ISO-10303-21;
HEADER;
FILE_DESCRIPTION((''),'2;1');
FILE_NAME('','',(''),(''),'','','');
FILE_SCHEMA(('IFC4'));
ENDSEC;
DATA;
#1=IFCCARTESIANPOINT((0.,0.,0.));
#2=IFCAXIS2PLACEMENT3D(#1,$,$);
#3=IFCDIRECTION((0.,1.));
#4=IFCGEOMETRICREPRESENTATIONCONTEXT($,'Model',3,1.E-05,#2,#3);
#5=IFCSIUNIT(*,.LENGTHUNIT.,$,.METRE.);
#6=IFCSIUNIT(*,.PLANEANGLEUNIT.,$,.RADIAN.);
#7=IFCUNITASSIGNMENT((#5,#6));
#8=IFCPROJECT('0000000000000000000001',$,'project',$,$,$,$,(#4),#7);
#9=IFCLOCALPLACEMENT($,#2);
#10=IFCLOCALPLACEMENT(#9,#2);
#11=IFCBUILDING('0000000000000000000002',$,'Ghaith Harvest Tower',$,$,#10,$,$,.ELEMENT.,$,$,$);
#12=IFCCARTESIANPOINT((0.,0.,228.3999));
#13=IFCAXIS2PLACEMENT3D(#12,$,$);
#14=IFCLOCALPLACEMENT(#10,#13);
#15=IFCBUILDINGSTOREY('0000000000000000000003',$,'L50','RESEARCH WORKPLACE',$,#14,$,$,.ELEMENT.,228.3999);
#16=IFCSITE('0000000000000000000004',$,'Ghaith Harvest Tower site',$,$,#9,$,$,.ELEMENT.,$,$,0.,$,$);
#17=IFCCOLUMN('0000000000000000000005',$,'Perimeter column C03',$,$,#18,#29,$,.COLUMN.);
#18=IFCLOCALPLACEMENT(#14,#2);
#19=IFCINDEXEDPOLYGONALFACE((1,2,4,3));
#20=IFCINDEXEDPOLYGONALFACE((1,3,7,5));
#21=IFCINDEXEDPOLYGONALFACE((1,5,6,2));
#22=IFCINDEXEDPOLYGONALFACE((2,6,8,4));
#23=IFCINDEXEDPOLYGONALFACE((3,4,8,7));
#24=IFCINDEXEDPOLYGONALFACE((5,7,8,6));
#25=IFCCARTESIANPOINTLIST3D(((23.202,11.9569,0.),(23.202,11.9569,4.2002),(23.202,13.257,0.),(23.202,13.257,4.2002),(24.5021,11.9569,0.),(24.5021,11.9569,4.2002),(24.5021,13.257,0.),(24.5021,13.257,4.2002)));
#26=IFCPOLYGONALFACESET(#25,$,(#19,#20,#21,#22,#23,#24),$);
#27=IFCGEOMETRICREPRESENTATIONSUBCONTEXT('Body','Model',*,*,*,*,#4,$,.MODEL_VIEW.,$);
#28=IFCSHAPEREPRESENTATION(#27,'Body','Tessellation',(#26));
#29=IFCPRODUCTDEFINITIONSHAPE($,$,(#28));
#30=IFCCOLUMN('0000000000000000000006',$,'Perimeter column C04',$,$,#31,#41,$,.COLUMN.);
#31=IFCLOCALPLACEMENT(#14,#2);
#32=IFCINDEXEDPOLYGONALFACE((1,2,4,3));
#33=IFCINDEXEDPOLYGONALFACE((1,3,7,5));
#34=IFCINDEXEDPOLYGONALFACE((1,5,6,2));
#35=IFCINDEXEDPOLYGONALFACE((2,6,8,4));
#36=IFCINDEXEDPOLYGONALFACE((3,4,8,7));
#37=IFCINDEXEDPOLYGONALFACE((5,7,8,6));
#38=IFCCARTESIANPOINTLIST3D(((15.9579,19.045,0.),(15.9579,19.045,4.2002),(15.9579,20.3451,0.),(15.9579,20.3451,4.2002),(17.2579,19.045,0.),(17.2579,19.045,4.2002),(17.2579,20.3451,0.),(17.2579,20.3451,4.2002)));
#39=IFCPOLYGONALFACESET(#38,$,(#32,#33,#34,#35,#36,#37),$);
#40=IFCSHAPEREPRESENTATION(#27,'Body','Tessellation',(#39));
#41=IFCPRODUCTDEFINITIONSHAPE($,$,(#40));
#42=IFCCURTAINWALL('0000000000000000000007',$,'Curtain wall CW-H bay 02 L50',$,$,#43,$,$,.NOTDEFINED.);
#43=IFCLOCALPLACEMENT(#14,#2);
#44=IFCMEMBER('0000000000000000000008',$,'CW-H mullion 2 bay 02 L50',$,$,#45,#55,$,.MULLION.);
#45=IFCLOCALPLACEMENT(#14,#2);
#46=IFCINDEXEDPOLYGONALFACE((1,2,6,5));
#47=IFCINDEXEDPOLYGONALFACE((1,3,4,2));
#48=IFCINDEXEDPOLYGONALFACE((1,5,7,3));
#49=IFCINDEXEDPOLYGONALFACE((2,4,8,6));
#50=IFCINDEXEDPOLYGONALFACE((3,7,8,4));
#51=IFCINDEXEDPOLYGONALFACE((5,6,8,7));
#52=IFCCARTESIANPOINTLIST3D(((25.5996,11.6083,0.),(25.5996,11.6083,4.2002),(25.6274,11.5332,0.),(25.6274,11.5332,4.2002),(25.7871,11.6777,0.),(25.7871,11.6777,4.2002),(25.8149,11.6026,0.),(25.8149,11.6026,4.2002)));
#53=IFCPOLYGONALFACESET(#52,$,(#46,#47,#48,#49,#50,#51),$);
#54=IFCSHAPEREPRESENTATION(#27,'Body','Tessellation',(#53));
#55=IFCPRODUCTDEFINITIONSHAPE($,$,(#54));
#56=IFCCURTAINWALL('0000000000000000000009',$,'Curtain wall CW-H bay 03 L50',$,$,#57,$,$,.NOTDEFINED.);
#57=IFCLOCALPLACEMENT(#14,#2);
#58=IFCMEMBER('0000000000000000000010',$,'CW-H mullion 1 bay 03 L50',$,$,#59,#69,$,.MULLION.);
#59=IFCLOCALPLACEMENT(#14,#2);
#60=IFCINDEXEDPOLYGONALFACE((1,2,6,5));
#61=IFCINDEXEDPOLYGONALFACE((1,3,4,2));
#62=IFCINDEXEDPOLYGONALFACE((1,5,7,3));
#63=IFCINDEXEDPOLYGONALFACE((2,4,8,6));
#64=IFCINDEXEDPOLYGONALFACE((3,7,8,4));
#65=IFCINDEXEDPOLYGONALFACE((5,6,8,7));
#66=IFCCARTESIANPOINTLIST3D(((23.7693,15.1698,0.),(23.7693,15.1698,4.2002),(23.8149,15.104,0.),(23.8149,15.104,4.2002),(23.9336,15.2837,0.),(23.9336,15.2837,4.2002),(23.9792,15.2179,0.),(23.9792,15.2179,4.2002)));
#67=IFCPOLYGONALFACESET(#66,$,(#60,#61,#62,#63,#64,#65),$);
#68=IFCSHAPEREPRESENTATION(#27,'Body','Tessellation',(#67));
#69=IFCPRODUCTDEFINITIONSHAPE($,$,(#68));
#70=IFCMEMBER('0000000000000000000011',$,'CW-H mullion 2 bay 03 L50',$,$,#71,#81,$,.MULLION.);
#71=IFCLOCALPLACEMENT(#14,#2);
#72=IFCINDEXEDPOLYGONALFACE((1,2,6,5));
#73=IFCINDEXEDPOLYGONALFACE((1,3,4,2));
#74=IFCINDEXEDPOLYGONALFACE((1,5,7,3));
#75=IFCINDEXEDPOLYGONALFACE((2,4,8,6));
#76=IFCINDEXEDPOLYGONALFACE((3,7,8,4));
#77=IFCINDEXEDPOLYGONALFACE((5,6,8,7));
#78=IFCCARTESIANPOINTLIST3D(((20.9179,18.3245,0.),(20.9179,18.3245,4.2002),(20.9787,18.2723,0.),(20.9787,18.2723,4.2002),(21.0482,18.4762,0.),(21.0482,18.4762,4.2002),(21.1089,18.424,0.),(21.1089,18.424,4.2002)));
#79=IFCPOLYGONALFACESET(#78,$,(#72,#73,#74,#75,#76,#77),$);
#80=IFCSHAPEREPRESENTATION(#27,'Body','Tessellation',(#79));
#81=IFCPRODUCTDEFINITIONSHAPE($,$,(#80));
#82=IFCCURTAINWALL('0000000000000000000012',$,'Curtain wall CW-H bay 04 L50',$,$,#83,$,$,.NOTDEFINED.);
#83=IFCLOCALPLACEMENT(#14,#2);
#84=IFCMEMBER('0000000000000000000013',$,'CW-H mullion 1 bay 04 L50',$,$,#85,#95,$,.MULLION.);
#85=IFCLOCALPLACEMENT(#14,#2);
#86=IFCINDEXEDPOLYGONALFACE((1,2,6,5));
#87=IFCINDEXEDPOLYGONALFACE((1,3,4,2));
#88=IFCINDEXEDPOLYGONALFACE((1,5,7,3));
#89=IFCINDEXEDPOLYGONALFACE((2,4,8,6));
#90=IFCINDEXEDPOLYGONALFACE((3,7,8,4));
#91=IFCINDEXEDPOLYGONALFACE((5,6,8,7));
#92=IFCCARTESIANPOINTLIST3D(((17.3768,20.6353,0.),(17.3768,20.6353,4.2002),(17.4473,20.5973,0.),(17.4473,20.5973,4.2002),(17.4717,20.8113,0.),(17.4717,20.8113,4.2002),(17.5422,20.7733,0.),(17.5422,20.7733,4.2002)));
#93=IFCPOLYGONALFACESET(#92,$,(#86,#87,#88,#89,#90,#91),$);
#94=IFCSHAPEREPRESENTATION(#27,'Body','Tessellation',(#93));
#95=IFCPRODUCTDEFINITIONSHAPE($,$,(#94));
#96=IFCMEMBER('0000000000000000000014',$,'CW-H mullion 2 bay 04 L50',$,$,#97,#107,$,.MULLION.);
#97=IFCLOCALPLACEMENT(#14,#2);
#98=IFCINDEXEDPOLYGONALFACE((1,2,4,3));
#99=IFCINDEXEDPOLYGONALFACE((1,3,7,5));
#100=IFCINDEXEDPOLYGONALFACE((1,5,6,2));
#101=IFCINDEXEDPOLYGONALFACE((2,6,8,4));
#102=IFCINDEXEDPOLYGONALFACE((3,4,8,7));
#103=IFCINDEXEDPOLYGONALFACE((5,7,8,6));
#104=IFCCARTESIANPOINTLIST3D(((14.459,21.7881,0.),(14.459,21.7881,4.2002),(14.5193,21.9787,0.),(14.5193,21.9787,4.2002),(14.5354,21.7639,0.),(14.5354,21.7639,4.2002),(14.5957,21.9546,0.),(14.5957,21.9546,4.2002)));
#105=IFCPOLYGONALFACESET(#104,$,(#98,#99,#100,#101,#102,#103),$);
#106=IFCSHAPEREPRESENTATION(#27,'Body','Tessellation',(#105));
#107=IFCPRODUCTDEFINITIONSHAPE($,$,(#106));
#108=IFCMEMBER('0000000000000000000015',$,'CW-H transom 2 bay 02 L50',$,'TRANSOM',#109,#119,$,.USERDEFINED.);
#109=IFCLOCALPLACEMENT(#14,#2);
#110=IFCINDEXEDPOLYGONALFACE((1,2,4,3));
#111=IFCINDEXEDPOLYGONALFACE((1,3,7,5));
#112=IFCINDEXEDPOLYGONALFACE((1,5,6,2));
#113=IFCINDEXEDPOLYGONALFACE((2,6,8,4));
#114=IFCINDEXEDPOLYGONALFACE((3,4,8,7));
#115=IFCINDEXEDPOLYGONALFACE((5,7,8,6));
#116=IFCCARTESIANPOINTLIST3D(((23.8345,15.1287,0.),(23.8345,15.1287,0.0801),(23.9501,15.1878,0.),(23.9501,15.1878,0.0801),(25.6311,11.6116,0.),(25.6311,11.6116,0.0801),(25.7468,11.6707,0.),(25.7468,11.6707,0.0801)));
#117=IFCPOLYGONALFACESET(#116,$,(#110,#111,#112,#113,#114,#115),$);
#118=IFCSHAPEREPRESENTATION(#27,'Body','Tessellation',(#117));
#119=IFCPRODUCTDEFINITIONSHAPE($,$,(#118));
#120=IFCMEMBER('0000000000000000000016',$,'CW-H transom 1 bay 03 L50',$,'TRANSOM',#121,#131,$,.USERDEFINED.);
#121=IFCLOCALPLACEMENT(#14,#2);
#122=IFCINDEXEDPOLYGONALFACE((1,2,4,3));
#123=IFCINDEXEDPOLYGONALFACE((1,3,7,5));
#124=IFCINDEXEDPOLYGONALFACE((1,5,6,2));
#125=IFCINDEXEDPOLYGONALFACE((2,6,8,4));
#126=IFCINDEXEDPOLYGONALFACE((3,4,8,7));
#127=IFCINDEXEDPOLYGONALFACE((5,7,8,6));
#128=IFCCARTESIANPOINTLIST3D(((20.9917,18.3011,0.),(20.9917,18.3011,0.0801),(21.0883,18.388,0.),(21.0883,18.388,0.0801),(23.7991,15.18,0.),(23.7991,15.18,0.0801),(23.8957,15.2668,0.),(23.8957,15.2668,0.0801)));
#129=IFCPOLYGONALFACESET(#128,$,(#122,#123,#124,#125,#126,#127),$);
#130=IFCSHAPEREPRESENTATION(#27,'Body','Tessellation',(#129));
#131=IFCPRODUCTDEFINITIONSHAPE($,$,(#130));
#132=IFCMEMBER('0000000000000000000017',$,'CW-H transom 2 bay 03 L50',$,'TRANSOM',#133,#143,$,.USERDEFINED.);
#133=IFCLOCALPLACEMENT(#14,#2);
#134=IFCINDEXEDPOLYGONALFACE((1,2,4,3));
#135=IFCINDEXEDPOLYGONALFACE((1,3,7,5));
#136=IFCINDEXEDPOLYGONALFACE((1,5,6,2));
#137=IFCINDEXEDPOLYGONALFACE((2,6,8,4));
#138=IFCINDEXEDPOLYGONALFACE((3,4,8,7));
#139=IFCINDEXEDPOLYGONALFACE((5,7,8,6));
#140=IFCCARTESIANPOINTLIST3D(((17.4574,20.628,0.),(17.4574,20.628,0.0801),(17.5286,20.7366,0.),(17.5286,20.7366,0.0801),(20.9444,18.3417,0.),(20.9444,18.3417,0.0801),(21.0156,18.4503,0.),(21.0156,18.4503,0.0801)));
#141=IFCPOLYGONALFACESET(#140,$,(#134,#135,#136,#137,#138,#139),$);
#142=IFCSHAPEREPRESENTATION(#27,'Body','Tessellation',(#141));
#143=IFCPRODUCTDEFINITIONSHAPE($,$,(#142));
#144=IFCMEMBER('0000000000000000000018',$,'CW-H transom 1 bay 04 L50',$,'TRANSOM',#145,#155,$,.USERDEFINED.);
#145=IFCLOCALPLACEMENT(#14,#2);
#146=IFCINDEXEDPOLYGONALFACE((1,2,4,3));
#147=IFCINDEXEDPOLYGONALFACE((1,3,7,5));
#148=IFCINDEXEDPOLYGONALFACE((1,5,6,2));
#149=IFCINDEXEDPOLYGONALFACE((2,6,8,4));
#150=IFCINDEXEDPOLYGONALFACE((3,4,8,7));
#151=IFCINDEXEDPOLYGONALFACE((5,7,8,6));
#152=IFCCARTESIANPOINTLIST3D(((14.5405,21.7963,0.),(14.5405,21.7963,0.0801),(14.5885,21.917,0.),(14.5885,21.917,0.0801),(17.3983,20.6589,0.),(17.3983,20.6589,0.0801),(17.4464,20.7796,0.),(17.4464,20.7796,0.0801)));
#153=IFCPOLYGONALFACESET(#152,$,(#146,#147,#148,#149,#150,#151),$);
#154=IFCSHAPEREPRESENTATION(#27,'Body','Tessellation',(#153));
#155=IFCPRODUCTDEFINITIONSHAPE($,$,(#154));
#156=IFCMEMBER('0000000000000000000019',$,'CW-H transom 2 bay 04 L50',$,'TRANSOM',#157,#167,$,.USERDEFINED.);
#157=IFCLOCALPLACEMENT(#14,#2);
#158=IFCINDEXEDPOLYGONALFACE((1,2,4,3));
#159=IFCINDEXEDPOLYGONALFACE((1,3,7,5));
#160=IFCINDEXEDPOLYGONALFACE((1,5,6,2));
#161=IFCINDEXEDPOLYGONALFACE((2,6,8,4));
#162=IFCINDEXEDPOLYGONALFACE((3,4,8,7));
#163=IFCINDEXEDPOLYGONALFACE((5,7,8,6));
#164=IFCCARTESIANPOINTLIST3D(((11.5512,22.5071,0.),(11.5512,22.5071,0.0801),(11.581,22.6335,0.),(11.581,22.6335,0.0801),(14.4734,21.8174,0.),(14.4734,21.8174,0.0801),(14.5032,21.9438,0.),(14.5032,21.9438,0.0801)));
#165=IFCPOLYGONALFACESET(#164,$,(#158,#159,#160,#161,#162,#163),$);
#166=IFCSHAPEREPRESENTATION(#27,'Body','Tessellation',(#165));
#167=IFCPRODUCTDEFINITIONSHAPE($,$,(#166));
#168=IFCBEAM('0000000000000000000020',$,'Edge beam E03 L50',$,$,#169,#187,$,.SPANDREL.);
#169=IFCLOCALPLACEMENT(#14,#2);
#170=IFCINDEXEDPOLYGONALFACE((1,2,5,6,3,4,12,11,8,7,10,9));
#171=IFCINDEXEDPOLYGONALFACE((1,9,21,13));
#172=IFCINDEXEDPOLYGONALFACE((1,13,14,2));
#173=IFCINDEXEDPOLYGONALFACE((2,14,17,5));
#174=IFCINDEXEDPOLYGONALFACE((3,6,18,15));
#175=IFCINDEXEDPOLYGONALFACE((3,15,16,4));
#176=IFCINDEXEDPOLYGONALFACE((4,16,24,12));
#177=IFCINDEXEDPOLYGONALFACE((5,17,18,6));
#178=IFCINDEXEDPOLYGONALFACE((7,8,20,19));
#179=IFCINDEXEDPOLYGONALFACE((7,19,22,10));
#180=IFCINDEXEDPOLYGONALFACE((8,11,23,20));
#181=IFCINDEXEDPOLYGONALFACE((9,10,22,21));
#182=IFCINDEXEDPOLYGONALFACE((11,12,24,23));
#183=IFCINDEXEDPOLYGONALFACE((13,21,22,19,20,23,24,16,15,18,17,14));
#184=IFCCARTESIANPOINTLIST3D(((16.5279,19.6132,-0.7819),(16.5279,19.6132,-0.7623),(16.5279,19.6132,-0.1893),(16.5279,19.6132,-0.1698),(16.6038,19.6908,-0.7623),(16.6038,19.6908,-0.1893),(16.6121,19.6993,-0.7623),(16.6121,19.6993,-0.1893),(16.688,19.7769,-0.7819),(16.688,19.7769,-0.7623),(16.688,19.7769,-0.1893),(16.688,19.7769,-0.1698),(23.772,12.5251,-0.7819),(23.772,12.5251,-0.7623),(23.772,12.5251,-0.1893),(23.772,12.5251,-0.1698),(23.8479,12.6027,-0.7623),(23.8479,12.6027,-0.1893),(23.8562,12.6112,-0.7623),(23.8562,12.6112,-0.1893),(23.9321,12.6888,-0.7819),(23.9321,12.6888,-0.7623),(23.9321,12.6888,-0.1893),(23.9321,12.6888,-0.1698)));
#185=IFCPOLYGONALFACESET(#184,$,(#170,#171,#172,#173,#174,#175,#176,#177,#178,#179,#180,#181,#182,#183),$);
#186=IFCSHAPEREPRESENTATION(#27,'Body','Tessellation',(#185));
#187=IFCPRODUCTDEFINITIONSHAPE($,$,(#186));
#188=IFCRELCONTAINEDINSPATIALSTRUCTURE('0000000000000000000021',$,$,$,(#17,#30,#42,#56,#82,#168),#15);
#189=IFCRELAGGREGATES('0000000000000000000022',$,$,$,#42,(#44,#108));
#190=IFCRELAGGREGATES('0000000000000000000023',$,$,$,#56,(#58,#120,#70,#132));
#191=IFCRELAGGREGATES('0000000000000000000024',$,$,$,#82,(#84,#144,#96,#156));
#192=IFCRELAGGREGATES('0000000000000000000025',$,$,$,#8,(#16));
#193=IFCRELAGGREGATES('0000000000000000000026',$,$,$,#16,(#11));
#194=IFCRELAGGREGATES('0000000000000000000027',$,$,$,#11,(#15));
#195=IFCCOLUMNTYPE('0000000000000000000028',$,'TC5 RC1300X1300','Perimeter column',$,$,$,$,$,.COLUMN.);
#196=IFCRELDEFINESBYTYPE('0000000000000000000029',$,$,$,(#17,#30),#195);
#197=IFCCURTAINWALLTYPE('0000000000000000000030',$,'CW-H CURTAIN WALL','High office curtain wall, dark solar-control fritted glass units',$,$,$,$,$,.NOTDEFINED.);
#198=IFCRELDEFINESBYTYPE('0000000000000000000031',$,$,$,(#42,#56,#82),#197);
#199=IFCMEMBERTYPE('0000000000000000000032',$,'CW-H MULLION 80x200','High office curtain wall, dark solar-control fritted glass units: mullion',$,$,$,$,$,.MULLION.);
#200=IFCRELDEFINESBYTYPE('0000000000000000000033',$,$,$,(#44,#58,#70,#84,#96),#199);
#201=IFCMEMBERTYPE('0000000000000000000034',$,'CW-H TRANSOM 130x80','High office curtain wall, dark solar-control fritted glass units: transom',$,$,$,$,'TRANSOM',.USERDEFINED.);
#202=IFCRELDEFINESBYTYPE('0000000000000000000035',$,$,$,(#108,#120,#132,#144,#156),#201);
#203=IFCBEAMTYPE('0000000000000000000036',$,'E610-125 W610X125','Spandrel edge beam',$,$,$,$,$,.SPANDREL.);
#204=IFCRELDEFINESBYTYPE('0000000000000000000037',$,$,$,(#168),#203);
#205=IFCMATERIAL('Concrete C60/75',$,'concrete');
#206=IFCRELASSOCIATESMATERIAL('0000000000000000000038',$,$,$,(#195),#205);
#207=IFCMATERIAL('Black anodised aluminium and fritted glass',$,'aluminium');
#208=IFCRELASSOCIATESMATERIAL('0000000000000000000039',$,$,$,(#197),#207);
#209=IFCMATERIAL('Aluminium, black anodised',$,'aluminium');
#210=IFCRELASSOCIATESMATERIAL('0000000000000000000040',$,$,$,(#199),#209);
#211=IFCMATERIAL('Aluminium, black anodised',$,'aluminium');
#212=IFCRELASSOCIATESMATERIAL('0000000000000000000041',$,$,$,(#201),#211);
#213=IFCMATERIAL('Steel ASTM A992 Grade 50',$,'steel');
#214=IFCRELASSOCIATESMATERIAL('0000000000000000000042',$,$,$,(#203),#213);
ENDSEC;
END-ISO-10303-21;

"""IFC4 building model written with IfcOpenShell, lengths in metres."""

from ifc_helpers import new_model, si_unit, direction, frame, origin, origin_2d, place, context, subcontext, project, spatial, rectangle, i_section, extrude, material, material_profile, profile_set, type_object, element, aggregate, save


model = new_model("IFC4")

# Units and contexts
model_context = context("Model", 3, precision=1e-05, world=origin(), true_north=direction((0.0, 1.0)))
body_context = subcontext(model_context, "Body", "Model", "MODEL_VIEW")
ifc_project = project(units=[si_unit("LENGTHUNIT", "METRE"), si_unit("PLANEANGLEUNIT", "RADIAN")], contexts=[model_context])

# Site, building, storey
site_placement = place(None, origin())
site = spatial("IfcSite", under=ifc_project, at=site_placement, Name="Ghaith Harvest Tower site", CompositionType="ELEMENT", RefElevation=0.0)
building_placement = place(site_placement, origin())
building = spatial("IfcBuilding", under=site, at=building_placement, Name="Ghaith Harvest Tower", CompositionType="ELEMENT")
storey_placement = place(building_placement, frame((0.0, 0.0, 228.3999)))
storey = spatial("IfcBuildingStorey", under=building, at=storey_placement, Name="L50", Description="RESEARCH WORKPLACE", CompositionType="ELEMENT", Elevation=228.3999)

# Columns
ifc_material_1 = material(Name="Concrete C60/75", Category="concrete")
ifc_material_profile_1 = material_profile(ifc_material_1, rectangle(XDim=1.3, YDim=1.3, at=origin_2d()), Name="RC1300X1300")
ifc_profile_set_1 = profile_set([ifc_material_profile_1], Name="Concrete C60/75")
column_type = type_object("IfcColumnType", Name="TC5 RC1300X1300", Description="Perimeter column", PredefinedType="COLUMN", material=ifc_profile_set_1)
for number, where, z_axis, x_axis, name in (
    (1, (23.8521, 12.6069, 0.0), (0.0, 0.0, 1.0), (1.0, 0.0, 0.0), "Perimeter column C03"),
    (2, (16.6079, 19.6951, 0.0), (0.0, 0.0, 1.0), (1.0, 0.0, 0.0), "Perimeter column C04"),
):
    element("IfcColumn", number, at=place(storey_placement, frame(where, z_axis=z_axis, x_axis=x_axis)), inside=storey, type_object=column_type, Name=name, PredefinedType="COLUMN", context=body_context, shape_type="SweptSolid", body=[
        extrude(rectangle(XDim=1.3, YDim=1.3, at=origin_2d()), origin(), (0.0, 0.0, 1.0), 4.2002),
    ])

# Curtain wall, member
ifc_material_2 = material(Name="Black anodised aluminium and fritted glass", Category="aluminium")
curtain_wall_type = type_object("IfcCurtainWallType", Name="CW-H CURTAIN WALL", Description="High office curtain wall, dark solar-control fritted glass units", PredefinedType="NOTDEFINED", material=ifc_material_2)
curtain_wall_1_placement = place(storey_placement, origin())
curtain_wall_1 = element("IfcCurtainWall", 3, at=curtain_wall_1_placement, inside=storey, type_object=curtain_wall_type, Name="Curtain wall CW-H bay 02 L50", PredefinedType="NOTDEFINED")
ifc_material_3 = material(Name="Aluminium, black anodised", Category="aluminium")
ifc_material_profile_2 = material_profile(ifc_material_3, rectangle(XDim=0.0801, YDim=0.2, at=origin_2d()), Name="CW-H MULLION 80x200")
ifc_profile_set_2 = profile_set([ifc_material_profile_2], Name="Aluminium, black anodised")
member_type_1 = type_object("IfcMemberType", Name="CW-H MULLION 80x200", Description="High office curtain wall, dark solar-control fritted glass units: mullion", PredefinedType="MULLION", material=ifc_profile_set_2)
member_1_placement = place(storey_placement, frame((25.7073, 11.6055, 0.0), z_axis=(0.0, 0.0, 1.0), x_axis=(-0.347012, 0.937861, 0.0)))
member_1 = element("IfcMember", 4, at=member_1_placement, type_object=member_type_1, Name="CW-H mullion 2 bay 02 L50", PredefinedType="MULLION", context=body_context, shape_type="SweptSolid", body=[
    extrude(rectangle(XDim=0.0801, YDim=0.2, at=origin_2d()), origin(), (0.0, 0.0, 1.0), 4.2002),
])

# Curtain walls, members
curtain_wall_2_placement = place(storey_placement, origin())
curtain_wall_2 = element("IfcCurtainWall", 5, at=curtain_wall_2_placement, inside=storey, type_object=curtain_wall_type, Name="Curtain wall CW-H bay 03 L50", PredefinedType="NOTDEFINED")
member_2_placement = place(storey_placement, frame((23.8743, 15.1938, 0.0), z_axis=(0.0, 0.0, 1.0), x_axis=(-0.569847, 0.821751, 0.0)))
member_2 = element("IfcMember", 6, at=member_2_placement, type_object=member_type_1, Name="CW-H mullion 1 bay 03 L50", PredefinedType="MULLION", context=body_context, shape_type="SweptSolid", body=[
    extrude(rectangle(XDim=0.0801, YDim=0.2, at=origin_2d()), origin(), (0.0, 0.0, 1.0), 4.2002),
])
member_3_placement = place(storey_placement, frame((21.0134, 18.3743, 0.0), z_axis=(0.0, 0.0, 1.0), x_axis=(-0.758541, 0.651625, 0.0)))
member_3 = element("IfcMember", 7, at=member_3_placement, type_object=member_type_1, Name="CW-H mullion 2 bay 03 L50", PredefinedType="MULLION", context=body_context, shape_type="SweptSolid", body=[
    extrude(rectangle(XDim=0.0801, YDim=0.2, at=origin_2d()), origin(), (0.0, 0.0, 1.0), 4.2002),
])
curtain_wall_3_placement = place(storey_placement, origin())
curtain_wall_3 = element("IfcCurtainWall", 8, at=curtain_wall_3_placement, inside=storey, type_object=curtain_wall_type, Name="Curtain wall CW-H bay 04 L50", PredefinedType="NOTDEFINED")
member_4_placement = place(storey_placement, frame((17.4595, 20.7043, 0.0), z_axis=(0.0, 0.0, 1.0), x_axis=(-0.880203, 0.474597, 0.0)))
member_4 = element("IfcMember", 9, at=member_4_placement, type_object=member_type_1, Name="CW-H mullion 1 bay 04 L50", PredefinedType="MULLION", context=body_context, shape_type="SweptSolid", body=[
    extrude(rectangle(XDim=0.0801, YDim=0.2, at=origin_2d()), origin(), (0.0, 0.0, 1.0), 4.2002),
])
member_5_placement = place(storey_placement, frame((14.5273, 21.8713, 0.0), z_axis=(0.0, 0.0, 1.0), x_axis=(-0.953503, 0.301384, 0.0)))
member_5 = element("IfcMember", 10, at=member_5_placement, type_object=member_type_1, Name="CW-H mullion 2 bay 04 L50", PredefinedType="MULLION", context=body_context, shape_type="SweptSolid", body=[
    extrude(rectangle(XDim=0.0801, YDim=0.2, at=origin_2d()), origin(), (0.0, 0.0, 1.0), 4.2002),
])

# Members
ifc_material_4 = material(Name="Aluminium, black anodised", Category="aluminium")
ifc_material_profile_3 = material_profile(ifc_material_4, rectangle(XDim=0.1299, YDim=0.0801, at=origin_2d()), Name="CW-H TRANSOM 130x80")
ifc_profile_set_3 = profile_set([ifc_material_profile_3], Name="Aluminium, black anodised")
member_type_2 = type_object("IfcMemberType", Name="CW-H TRANSOM 130x80", Description="High office curtain wall, dark solar-control fritted glass units: transom", ElementType="TRANSOM", PredefinedType="USERDEFINED", material=ifc_profile_set_3)
member_6_placement = place(storey_placement, frame((25.689, 11.6411, 0.04), z_axis=(-0.454912, 0.890537, 0.0), x_axis=(-0.890537, -0.454912, 0.0)))
member_6 = element("IfcMember", 11, at=member_6_placement, type_object=member_type_2, Name="CW-H transom 2 bay 02 L50", ObjectType="TRANSOM", PredefinedType="USERDEFINED", context=body_context, shape_type="SweptSolid", body=[
    extrude(rectangle(XDim=0.1299, YDim=0.0801, at=origin_2d()), origin(), (0.0, 0.0, 1.0), 3.9495),
])
member_7_placement = place(storey_placement, frame((23.8474, 15.2234, 0.04), z_axis=(-0.668753, 0.743485, 0.0), x_axis=(-0.743485, -0.668753, 0.0)))
member_7 = element("IfcMember", 12, at=member_7_placement, type_object=member_type_2, Name="CW-H transom 1 bay 03 L50", ObjectType="TRANSOM", PredefinedType="USERDEFINED", context=body_context, shape_type="SweptSolid", body=[
    extrude(rectangle(XDim=0.1299, YDim=0.0801, at=origin_2d()), origin(), (0.0, 0.0, 1.0), 4.198),
])
member_8_placement = place(storey_placement, frame((20.98, 18.396, 0.04), z_axis=(-0.836269, 0.54832, 0.0), x_axis=(-0.54832, -0.836269, 0.0)))
member_8 = element("IfcMember", 13, at=member_8_placement, type_object=member_type_2, Name="CW-H transom 2 bay 03 L50", ObjectType="TRANSOM", PredefinedType="USERDEFINED", context=body_context, shape_type="SweptSolid", body=[
    extrude(rectangle(XDim=0.1299, YDim=0.0801, at=origin_2d()), origin(), (0.0, 0.0, 1.0), 4.1697),
])
member_9_placement = place(storey_placement, frame((17.4224, 20.7192, 0.04), z_axis=(-0.929116, 0.369789, 0.0), x_axis=(-0.369789, -0.929116, 0.0)))
member_9 = element("IfcMember", 14, at=member_9_placement, type_object=member_type_2, Name="CW-H transom 1 bay 04 L50", ObjectType="TRANSOM", PredefinedType="USERDEFINED", context=body_context, shape_type="SweptSolid", body=[
    extrude(rectangle(XDim=0.1299, YDim=0.0801, at=origin_2d()), origin(), (0.0, 0.0, 1.0), 3.0759),
])
member_10_placement = place(storey_placement, frame((14.4883, 21.8806, 0.04), z_axis=(-0.973258, 0.229715, 0.0), x_axis=(-0.229715, -0.973258, 0.0)))
member_10 = element("IfcMember", 15, at=member_10_placement, type_object=member_type_2, Name="CW-H transom 2 bay 04 L50", ObjectType="TRANSOM", PredefinedType="USERDEFINED", context=body_context, shape_type="SweptSolid", body=[
    extrude(rectangle(XDim=0.1299, YDim=0.0801, at=origin_2d()), origin(), (0.0, 0.0, 1.0), 3.0024),
])

# Beam
ifc_material_5 = material(Name="Steel ASTM A992 Grade 50", Category="steel")
ifc_material_profile_4 = material_profile(ifc_material_5, i_section(OverallWidth=0.229, OverallDepth=0.6121, WebThickness=0.012, FlangeThickness=0.0195, at=origin_2d()), Name="W610X125")
ifc_profile_set_4 = profile_set([ifc_material_profile_4], Name="Steel ASTM A992 Grade 50")
beam_type = type_object("IfcBeamType", Name="E610-125 W610X125", Description="Spandrel edge beam", PredefinedType="SPANDREL", material=ifc_profile_set_4)
beam_1_placement = place(storey_placement, frame((23.8521, 12.6069, -0.4758), z_axis=(-0.714761, 0.699369, 0.0), x_axis=(-0.699369, -0.714761, 0.0)))
element("IfcBeam", 16, at=beam_1_placement, inside=storey, type_object=beam_type, Name="Edge beam E03 L50", PredefinedType="SPANDREL", context=body_context, shape_type="SweptSolid", body=[
    extrude(i_section(OverallWidth=0.229, OverallDepth=0.6121, WebThickness=0.012, FlangeThickness=0.0195, at=origin_2d()), origin(), (0.0, 0.0, 1.0), 10.135),
])

aggregate(curtain_wall_1, [member_1, member_6])
aggregate(curtain_wall_2, [member_2, member_7, member_3, member_8])
aggregate(curtain_wall_3, [member_4, member_9, member_5, member_10])

save(model, "model.ifc")
